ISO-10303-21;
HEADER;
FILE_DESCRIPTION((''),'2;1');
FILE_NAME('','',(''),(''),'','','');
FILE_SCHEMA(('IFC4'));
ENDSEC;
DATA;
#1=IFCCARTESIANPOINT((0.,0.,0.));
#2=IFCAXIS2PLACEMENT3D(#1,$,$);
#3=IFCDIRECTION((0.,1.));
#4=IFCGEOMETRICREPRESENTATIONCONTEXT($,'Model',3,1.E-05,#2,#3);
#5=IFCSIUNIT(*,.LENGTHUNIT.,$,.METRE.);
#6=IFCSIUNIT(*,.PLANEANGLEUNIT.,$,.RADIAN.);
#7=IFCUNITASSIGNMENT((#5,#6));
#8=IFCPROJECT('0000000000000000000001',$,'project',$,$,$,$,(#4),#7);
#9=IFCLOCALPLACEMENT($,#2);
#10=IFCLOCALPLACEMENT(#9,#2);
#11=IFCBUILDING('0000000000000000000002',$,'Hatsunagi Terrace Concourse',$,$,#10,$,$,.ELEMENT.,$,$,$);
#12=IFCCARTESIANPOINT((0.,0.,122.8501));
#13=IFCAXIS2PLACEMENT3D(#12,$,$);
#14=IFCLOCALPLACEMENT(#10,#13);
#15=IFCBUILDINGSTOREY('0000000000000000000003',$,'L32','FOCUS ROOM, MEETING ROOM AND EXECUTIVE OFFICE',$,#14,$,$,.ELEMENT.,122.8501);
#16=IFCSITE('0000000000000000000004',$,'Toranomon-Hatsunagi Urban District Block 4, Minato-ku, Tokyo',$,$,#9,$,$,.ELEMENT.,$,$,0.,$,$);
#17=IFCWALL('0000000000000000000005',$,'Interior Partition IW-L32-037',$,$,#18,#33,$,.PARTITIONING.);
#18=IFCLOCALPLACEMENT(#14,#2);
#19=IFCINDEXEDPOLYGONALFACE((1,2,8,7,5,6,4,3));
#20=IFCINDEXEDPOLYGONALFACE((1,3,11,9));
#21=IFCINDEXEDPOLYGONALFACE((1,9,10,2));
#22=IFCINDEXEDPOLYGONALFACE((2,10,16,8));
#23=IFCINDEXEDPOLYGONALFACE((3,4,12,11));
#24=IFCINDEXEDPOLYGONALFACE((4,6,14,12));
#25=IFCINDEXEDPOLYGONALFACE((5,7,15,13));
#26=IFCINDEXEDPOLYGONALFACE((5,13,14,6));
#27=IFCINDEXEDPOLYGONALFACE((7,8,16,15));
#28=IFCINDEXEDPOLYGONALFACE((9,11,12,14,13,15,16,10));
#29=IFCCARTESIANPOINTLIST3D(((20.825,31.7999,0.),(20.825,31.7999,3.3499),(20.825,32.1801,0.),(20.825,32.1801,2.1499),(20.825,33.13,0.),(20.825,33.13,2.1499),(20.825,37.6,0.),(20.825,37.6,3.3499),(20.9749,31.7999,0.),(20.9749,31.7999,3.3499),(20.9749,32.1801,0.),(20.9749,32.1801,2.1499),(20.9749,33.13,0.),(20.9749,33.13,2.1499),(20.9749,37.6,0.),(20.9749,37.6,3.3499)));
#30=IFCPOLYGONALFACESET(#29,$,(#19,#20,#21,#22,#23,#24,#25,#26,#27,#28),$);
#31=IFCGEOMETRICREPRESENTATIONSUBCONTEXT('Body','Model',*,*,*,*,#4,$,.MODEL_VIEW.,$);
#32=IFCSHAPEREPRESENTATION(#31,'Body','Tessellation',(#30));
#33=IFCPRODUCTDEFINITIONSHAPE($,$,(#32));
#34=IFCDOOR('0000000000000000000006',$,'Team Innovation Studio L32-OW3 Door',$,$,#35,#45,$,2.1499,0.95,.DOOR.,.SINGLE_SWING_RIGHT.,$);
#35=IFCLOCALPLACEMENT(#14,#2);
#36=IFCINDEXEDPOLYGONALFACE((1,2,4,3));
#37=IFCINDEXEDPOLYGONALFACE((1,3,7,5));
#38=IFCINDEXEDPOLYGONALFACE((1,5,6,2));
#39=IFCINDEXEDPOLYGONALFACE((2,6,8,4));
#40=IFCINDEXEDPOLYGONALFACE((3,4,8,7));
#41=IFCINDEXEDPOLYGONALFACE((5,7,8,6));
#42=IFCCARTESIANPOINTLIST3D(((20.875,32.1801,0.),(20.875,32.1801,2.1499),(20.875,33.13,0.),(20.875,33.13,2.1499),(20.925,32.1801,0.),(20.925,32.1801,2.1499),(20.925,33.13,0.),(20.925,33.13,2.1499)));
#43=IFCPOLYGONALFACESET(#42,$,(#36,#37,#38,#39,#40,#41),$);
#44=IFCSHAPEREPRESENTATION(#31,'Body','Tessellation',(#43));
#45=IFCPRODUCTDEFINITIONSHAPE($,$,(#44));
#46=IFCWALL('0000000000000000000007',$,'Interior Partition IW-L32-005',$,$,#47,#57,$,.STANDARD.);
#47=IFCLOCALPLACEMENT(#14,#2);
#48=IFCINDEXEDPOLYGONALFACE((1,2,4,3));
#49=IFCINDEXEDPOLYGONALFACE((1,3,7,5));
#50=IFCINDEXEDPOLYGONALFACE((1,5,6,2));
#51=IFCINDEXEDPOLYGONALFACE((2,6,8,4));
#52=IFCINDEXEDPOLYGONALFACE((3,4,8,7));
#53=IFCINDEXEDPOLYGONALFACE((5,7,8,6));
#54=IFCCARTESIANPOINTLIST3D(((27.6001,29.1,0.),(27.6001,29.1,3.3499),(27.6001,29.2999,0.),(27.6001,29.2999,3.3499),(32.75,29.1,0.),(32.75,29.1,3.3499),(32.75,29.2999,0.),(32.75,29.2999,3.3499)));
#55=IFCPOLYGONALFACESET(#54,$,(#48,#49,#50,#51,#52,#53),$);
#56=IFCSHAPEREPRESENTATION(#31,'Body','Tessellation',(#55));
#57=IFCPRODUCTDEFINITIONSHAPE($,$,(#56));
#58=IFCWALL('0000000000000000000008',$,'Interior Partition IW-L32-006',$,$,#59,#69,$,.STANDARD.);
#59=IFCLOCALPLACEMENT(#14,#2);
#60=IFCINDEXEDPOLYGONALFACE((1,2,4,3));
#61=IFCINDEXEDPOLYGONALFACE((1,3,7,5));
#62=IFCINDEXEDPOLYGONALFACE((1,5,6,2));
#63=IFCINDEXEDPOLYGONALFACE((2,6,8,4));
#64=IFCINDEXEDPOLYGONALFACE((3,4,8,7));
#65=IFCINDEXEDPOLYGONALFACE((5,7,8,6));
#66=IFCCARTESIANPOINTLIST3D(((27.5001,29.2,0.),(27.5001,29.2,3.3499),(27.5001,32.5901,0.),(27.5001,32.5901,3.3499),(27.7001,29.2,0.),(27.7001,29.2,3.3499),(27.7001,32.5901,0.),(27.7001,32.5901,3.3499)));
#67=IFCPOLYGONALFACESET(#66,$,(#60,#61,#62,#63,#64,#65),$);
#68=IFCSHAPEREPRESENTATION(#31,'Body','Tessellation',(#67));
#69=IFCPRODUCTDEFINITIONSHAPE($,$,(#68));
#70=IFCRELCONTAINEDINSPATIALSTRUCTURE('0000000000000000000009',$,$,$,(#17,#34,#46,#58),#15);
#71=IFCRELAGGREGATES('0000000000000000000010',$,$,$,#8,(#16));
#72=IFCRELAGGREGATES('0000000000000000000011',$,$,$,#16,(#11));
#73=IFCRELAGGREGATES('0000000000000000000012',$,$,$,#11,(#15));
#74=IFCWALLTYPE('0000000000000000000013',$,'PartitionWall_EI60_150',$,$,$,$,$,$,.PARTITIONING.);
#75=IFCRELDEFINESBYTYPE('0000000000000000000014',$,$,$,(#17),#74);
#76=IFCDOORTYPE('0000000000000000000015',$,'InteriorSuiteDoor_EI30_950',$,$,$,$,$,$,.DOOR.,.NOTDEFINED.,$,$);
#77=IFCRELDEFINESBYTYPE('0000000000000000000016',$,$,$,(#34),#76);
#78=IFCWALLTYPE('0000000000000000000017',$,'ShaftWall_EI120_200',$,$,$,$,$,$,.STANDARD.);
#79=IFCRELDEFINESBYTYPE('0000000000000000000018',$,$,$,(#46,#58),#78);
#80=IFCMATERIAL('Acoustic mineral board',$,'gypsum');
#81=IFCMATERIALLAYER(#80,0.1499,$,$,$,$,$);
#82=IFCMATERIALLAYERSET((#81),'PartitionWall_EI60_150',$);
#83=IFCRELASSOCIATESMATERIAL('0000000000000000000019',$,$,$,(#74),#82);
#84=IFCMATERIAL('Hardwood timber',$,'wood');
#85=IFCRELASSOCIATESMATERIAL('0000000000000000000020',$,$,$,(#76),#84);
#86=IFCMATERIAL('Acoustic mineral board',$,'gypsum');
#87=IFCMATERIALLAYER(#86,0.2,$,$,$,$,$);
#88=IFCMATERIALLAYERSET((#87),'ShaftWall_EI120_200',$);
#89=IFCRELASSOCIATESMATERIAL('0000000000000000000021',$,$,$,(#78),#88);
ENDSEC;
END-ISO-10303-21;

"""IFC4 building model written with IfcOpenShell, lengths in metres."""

from ifc_helpers import new_model, si_unit, direction, frame, frame_2d, origin, place, context, subcontext, project, spatial, rectangle, extrude, material, layer, layer_set, type_object, element, fill, save


model = new_model("IFC4")

# Units and contexts
model_context = context("Model", 3, precision=1e-05, world=origin(), true_north=direction((0.0, 1.0)))
body_context = subcontext(model_context, "Body", "Model", "MODEL_VIEW")
ifc_project = project(units=[si_unit("LENGTHUNIT", "METRE"), si_unit("PLANEANGLEUNIT", "RADIAN")], contexts=[model_context])

# Site, building, storey
site_placement = place(None, origin())
site = spatial("IfcSite", under=ifc_project, at=site_placement, Name="Toranomon-Hatsunagi Urban District Block 4, Minato-ku, Tokyo", CompositionType="ELEMENT", RefElevation=0.0)
building_placement = place(site_placement, origin())
building = spatial("IfcBuilding", under=site, at=building_placement, Name="Hatsunagi Terrace Concourse", CompositionType="ELEMENT")
storey_placement = place(building_placement, frame((0.0, 0.0, 122.8501)))
storey = spatial("IfcBuildingStorey", under=building, at=storey_placement, Name="L32", Description="FOCUS ROOM, MEETING ROOM AND EXECUTIVE OFFICE", CompositionType="ELEMENT", Elevation=122.8501)

# Shared definitions
ifc_material_1 = material(Name="Acoustic mineral board", Category="gypsum")
ifc_layer_1 = layer(ifc_material_1, 0.1499)
ifc_layer_set_1 = layer_set([ifc_layer_1], Name="PartitionWall_EI60_150")
wall_type_1 = type_object("IfcWallType", Name="PartitionWall_EI60_150", PredefinedType="PARTITIONING", material=ifc_layer_set_1)

# Wall, opening, door
ifc_material_2 = material(Name="Hardwood timber", Category="wood")
door_type_1 = type_object("IfcDoorType", Name="InteriorSuiteDoor_EI30_950", OperationType="NOTDEFINED", PredefinedType="DOOR", material=ifc_material_2)
wall_1_placement = place(storey_placement, frame((20.8999, 31.8, 0.0), z_axis=(0.0, 0.0, 1.0), x_axis=(0.0, 1.0, 0.0)))
wall_1 = element("IfcWall", 1, at=wall_1_placement, inside=storey, type_object=wall_type_1, Name="Interior Partition IW-L32-037", PredefinedType="PARTITIONING", context=body_context, shape_type="SweptSolid", body=[
    extrude(rectangle(XDim=5.8, YDim=0.1499, at=frame_2d((2.8999, 0.0))), origin(), (0.0, 0.0, 1.0), 3.3499),
])
opening_1_placement = place(wall_1_placement, frame((0.3799, 0.0, 0.0)))
opening_1 = element("IfcOpeningElement", 2, at=opening_1_placement, cuts=wall_1, PredefinedType="OPENING", context=body_context, shape_type="SweptSolid", body=[
    extrude(rectangle(XDim=0.95, YDim=2.1499, at=frame_2d((0.4751, 1.075))), frame((0.0, 0.085, 0.0), z_axis=(0.0, -1.0, 0.0), x_axis=(1.0, 0.0, 0.0)), (0.0, 0.0, 1.0), 0.1699),
])
door_1_placement = place(opening_1_placement, origin())
door_1 = element("IfcDoor", 3, at=door_1_placement, inside=storey, type_object=door_type_1, Name="Team Innovation Studio L32-OW3 Door", OperationType="SINGLE_SWING_RIGHT", OverallHeight=2.1499, OverallWidth=0.95, PredefinedType="DOOR", context=body_context, shape_type="SweptSolid", body=[
    extrude(rectangle(XDim=0.95, YDim=2.1499, at=frame_2d((0.4751, 1.075))), frame((0.0, 0.0249, 0.0), z_axis=(0.0, -1.0, 0.0), x_axis=(1.0, 0.0, 0.0)), (0.0, 0.0, 1.0), 0.05),
])
fill(opening_1, door_1)

# Walls
ifc_material_3 = material(Name="Acoustic mineral board", Category="gypsum")
ifc_layer_2 = layer(ifc_material_3, 0.2)
ifc_layer_set_2 = layer_set([ifc_layer_2], Name="ShaftWall_EI120_200")
wall_type_2 = type_object("IfcWallType", Name="ShaftWall_EI120_200", PredefinedType="STANDARD", material=ifc_layer_set_2)
wall_2_placement = place(storey_placement, frame((27.6001, 29.2, 0.0), z_axis=(0.0, 0.0, 1.0), x_axis=(1.0, 0.0, 0.0)))
element("IfcWall", 4, at=wall_2_placement, inside=storey, type_object=wall_type_2, Name="Interior Partition IW-L32-005", PredefinedType="STANDARD", context=body_context, shape_type="SweptSolid", body=[
    extrude(rectangle(XDim=5.1499, YDim=0.2, at=frame_2d((2.575, 0.0))), origin(), (0.0, 0.0, 1.0), 3.3499),
])
wall_3_placement = place(storey_placement, frame((27.6001, 29.2, 0.0), z_axis=(0.0, 0.0, 1.0), x_axis=(0.0, 1.0, 0.0)))
element("IfcWall", 5, at=wall_3_placement, inside=storey, type_object=wall_type_2, Name="Interior Partition IW-L32-006", PredefinedType="STANDARD", context=body_context, shape_type="SweptSolid", body=[
    extrude(rectangle(XDim=3.3901, YDim=0.2, at=frame_2d((1.6951, 0.0))), origin(), (0.0, 0.0, 1.0), 3.3499),
])

save(model, "model.ifc")
